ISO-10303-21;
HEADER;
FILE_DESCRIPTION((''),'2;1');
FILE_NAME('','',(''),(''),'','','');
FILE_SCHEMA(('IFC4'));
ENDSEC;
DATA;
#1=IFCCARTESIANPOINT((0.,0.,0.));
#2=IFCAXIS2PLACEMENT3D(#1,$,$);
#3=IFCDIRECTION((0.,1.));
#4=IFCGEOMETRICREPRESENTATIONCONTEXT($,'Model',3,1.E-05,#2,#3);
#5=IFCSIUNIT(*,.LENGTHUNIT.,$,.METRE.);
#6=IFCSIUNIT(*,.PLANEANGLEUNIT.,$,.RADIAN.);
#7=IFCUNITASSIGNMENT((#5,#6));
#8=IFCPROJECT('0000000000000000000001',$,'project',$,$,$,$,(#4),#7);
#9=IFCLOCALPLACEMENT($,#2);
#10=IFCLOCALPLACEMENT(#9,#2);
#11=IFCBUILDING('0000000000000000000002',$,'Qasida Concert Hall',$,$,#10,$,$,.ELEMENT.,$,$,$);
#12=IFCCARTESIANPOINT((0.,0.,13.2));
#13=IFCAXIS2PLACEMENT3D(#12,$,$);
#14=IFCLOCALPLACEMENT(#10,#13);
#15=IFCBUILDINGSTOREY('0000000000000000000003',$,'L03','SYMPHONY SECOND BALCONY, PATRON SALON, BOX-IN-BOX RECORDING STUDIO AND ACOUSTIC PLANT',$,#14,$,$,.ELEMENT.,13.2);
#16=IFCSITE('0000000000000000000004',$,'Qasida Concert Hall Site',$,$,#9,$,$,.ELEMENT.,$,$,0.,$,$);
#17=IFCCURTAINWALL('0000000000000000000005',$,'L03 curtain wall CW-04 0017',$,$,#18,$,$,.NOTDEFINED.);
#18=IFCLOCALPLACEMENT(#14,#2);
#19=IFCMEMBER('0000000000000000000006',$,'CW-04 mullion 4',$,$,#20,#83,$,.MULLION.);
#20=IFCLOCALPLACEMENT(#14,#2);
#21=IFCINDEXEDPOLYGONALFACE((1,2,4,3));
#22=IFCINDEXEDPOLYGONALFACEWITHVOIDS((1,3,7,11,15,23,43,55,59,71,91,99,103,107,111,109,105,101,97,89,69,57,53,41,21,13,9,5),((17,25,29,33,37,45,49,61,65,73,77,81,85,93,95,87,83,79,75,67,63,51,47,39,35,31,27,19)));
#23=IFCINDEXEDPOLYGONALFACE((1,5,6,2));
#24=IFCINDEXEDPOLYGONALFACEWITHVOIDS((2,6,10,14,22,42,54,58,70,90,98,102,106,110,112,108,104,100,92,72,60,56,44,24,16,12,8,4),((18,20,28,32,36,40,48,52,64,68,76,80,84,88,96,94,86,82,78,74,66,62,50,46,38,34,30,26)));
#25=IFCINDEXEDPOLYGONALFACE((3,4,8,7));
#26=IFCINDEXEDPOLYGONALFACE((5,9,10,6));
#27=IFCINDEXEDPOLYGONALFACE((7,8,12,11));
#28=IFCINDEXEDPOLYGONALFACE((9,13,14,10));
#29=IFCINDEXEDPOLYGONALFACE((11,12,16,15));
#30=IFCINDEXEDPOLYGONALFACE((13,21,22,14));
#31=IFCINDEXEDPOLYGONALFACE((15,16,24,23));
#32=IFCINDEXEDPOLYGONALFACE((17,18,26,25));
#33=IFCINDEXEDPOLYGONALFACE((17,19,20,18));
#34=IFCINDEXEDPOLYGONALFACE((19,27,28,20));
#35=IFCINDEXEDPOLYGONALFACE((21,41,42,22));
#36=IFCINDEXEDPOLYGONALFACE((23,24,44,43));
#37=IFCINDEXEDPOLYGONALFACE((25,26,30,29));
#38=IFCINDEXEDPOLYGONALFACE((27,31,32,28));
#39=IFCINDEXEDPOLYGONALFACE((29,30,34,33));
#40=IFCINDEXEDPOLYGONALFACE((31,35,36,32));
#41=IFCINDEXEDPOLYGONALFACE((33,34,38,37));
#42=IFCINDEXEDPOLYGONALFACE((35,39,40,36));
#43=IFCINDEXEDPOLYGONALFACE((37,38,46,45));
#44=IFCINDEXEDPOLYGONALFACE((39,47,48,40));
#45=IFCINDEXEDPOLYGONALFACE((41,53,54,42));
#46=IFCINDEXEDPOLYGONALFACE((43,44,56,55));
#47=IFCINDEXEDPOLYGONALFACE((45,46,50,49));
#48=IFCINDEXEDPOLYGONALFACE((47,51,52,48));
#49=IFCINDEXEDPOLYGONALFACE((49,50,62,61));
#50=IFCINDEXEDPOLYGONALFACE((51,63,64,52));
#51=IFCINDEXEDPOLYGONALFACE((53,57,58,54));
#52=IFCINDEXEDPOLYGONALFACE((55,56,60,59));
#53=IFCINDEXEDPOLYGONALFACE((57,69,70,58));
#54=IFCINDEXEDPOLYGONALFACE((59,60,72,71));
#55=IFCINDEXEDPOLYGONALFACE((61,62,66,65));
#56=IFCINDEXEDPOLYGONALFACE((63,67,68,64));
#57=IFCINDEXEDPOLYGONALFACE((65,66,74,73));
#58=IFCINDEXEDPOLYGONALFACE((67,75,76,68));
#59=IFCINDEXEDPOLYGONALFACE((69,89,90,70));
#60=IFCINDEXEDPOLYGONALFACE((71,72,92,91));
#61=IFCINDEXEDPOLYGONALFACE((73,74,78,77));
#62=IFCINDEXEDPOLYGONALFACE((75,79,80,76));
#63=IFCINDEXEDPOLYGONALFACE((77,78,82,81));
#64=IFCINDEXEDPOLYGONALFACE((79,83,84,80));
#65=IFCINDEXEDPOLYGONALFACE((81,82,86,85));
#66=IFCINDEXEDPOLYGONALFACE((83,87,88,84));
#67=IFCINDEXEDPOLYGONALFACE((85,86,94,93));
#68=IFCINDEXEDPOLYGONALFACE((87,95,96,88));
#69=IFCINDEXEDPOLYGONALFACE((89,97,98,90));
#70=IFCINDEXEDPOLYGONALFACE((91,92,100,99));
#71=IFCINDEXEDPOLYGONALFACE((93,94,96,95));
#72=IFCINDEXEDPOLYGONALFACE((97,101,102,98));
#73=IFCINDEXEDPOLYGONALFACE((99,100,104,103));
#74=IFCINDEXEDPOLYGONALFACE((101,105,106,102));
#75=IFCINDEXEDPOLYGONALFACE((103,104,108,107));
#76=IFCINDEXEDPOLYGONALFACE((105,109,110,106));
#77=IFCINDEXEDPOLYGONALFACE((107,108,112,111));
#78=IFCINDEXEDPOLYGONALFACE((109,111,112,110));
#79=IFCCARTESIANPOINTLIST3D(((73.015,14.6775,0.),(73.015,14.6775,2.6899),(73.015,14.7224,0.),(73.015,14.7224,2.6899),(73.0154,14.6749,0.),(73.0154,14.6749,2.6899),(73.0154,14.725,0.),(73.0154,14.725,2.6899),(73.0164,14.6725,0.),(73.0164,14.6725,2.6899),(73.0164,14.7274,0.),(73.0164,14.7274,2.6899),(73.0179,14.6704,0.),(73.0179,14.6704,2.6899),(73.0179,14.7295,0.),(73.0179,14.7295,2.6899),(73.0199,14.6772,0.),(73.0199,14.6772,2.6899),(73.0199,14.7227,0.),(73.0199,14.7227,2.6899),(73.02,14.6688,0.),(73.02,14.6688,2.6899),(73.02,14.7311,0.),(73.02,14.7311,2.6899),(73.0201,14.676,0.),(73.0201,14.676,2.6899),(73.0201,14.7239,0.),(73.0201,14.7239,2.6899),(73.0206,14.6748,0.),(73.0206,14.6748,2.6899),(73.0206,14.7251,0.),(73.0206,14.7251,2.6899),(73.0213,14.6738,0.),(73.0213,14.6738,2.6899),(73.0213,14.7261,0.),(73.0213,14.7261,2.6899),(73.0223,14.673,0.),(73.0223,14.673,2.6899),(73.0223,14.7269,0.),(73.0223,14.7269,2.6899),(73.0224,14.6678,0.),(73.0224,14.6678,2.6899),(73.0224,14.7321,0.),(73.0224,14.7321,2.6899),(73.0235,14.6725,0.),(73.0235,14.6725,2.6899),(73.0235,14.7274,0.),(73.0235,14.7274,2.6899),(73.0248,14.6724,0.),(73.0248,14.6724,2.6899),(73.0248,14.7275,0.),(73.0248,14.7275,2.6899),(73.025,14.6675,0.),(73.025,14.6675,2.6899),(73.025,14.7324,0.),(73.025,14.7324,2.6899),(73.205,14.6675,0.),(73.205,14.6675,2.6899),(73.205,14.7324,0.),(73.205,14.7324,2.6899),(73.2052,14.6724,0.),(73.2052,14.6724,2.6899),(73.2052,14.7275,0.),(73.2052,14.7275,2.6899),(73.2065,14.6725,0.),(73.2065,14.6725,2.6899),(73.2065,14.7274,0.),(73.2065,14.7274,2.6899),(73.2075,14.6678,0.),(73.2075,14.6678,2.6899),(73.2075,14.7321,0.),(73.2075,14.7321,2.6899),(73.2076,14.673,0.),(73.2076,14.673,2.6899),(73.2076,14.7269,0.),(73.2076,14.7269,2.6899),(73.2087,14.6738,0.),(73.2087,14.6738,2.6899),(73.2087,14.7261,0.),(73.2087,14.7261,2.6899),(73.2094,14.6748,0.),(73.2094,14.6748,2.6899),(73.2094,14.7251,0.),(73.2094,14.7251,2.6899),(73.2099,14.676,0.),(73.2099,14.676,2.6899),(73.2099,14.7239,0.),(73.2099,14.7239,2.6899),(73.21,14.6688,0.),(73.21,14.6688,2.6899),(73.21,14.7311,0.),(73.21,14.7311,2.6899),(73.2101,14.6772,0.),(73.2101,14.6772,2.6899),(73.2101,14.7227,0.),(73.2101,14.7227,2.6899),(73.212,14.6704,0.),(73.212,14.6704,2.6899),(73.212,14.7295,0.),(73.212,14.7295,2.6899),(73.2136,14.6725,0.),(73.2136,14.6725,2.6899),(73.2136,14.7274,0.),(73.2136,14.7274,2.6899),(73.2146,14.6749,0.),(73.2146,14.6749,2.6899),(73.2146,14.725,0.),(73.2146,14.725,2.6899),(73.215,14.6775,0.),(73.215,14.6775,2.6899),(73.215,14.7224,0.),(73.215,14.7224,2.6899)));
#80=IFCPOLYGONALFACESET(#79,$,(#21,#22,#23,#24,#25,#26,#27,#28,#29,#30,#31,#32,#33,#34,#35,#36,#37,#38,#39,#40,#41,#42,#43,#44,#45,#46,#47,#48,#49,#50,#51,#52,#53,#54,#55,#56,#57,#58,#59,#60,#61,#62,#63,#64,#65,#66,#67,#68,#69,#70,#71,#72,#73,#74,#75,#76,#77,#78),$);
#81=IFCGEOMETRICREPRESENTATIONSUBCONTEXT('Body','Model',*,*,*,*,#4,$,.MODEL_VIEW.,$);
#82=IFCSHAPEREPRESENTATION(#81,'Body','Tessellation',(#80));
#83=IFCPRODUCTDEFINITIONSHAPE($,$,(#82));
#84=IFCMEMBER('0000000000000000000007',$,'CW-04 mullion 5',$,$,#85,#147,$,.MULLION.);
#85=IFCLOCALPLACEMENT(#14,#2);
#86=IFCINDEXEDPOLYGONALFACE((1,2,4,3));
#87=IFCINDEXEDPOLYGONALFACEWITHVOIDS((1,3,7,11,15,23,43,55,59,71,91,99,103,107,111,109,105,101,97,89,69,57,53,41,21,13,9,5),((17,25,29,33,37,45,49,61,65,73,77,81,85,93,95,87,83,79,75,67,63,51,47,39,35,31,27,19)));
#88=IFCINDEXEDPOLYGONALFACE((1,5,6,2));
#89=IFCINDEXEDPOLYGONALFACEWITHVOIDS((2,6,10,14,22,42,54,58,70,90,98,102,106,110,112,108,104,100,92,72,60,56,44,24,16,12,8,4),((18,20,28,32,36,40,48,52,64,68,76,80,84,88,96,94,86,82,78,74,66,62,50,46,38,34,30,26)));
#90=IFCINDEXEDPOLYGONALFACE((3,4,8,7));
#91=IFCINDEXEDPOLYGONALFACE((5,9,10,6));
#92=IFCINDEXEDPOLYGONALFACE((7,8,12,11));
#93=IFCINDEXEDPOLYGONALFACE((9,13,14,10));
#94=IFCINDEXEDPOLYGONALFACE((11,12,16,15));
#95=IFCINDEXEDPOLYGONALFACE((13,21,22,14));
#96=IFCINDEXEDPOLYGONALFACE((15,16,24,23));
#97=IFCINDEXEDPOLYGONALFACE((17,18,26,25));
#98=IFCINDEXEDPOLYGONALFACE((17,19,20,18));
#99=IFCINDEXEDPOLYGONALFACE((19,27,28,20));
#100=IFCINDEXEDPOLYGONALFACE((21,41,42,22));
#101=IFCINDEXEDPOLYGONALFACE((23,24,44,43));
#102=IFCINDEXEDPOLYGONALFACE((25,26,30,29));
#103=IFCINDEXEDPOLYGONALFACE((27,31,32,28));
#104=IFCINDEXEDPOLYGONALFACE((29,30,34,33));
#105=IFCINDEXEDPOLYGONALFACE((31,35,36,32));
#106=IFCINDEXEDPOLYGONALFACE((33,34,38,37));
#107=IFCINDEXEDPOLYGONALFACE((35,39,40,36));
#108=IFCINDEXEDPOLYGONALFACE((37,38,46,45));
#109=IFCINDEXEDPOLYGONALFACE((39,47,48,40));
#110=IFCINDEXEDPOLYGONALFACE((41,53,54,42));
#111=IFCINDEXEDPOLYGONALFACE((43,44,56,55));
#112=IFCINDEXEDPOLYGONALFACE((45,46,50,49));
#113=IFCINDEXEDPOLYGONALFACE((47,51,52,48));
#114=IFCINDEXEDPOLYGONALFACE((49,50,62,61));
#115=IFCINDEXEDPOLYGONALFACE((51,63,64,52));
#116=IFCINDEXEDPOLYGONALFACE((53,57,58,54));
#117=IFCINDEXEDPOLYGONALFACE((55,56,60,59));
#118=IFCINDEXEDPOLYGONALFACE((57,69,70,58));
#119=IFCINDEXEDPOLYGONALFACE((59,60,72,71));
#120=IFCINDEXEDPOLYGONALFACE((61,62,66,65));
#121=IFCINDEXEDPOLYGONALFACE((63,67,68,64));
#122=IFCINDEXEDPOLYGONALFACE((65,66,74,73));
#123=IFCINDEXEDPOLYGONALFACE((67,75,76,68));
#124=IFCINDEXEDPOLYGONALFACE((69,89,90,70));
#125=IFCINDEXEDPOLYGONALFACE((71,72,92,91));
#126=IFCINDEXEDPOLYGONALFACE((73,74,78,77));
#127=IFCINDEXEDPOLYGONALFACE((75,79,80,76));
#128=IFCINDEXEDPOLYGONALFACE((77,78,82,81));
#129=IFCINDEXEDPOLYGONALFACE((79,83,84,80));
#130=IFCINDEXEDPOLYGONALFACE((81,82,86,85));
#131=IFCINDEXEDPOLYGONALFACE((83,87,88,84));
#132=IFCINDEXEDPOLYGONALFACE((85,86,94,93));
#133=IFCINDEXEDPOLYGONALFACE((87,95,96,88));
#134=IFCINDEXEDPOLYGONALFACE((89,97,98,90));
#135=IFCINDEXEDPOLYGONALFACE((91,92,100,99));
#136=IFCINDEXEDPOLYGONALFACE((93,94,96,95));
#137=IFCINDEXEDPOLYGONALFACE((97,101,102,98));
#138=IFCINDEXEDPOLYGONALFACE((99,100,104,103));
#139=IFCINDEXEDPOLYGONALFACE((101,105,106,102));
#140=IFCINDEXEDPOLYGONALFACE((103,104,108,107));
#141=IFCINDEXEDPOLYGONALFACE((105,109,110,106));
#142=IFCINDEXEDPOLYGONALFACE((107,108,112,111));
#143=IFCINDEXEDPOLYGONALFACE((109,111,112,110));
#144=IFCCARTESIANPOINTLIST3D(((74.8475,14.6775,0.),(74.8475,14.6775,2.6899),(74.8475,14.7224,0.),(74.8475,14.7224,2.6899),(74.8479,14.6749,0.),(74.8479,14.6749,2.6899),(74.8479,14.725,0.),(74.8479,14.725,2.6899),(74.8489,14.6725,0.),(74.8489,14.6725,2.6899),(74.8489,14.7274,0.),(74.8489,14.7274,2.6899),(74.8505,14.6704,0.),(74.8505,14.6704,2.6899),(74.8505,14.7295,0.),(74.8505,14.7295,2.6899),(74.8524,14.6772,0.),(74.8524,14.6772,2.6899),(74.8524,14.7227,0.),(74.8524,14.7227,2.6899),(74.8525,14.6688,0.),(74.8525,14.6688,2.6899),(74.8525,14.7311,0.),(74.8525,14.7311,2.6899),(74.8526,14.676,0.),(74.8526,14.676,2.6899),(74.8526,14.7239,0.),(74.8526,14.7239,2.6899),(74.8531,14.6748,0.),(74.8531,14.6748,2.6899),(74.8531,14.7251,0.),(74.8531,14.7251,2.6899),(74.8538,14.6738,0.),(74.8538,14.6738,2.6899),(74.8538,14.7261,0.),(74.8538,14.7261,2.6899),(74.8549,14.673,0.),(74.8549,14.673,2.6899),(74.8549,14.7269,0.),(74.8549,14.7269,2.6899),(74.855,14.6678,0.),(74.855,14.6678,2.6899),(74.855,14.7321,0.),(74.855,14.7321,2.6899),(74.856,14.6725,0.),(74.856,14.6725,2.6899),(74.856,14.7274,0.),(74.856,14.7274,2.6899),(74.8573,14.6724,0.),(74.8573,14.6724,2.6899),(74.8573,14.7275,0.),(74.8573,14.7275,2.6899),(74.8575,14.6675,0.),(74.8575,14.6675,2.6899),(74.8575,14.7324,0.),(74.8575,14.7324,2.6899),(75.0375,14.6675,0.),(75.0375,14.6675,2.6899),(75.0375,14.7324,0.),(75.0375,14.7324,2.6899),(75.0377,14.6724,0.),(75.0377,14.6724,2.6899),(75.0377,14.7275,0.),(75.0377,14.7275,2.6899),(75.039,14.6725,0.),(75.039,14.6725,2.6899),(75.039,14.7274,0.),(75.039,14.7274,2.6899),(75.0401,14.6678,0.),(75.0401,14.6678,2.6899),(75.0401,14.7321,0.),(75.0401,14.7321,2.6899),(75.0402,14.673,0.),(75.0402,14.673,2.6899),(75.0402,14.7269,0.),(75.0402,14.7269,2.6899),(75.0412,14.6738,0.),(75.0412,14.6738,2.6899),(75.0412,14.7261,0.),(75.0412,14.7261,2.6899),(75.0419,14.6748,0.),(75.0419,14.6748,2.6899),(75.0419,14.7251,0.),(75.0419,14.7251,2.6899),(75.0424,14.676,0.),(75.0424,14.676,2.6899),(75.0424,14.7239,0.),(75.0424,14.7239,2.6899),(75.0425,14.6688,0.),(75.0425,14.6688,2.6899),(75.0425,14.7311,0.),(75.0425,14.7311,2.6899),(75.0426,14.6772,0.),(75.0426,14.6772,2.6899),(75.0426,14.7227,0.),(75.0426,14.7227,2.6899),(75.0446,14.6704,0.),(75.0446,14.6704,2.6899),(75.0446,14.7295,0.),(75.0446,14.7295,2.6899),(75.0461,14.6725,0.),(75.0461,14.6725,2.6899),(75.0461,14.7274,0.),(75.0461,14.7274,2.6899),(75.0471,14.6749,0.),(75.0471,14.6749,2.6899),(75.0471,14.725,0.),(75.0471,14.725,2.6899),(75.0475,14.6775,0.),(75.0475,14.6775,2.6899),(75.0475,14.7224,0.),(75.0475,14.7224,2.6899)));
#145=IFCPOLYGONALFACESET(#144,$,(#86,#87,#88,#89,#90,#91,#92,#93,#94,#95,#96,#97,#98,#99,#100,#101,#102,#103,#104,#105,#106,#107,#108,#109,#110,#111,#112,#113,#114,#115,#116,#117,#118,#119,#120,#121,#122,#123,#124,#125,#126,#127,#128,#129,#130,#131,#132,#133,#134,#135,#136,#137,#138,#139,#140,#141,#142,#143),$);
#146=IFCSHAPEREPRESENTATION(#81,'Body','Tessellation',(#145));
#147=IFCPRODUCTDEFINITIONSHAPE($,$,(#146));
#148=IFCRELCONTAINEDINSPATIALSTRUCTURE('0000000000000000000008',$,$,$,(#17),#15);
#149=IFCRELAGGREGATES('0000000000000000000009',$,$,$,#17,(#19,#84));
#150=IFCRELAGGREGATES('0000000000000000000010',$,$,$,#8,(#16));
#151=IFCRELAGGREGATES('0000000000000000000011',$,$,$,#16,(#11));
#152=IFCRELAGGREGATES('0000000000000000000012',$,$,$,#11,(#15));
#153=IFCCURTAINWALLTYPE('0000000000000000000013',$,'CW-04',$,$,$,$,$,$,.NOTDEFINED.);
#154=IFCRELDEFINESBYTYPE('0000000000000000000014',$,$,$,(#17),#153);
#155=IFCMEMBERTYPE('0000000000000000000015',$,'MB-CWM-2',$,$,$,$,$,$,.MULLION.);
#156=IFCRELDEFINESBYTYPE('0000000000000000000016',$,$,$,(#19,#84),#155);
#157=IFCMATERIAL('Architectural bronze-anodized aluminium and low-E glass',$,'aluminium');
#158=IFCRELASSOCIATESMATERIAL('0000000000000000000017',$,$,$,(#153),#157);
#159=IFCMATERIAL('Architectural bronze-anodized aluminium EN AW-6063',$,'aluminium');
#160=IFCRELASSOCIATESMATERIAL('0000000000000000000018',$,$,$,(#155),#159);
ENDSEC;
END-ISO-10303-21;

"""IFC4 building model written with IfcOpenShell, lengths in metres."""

from ifc_helpers import new_model, si_unit, direction, frame, origin, origin_2d, place, context, subcontext, project, spatial, hollow_rectangle, extrude, material, material_profile, profile_set, type_object, element, aggregate, save


model = new_model("IFC4")

# Units and contexts
model_context = context("Model", 3, precision=1e-05, world=origin(), true_north=direction((0.0, 1.0)))
body_context = subcontext(model_context, "Body", "Model", "MODEL_VIEW")
ifc_project = project(units=[si_unit("LENGTHUNIT", "METRE"), si_unit("PLANEANGLEUNIT", "RADIAN")], contexts=[model_context])

# Site, building, storey
site_placement = place(None, origin())
site = spatial("IfcSite", under=ifc_project, at=site_placement, Name="Qasida Concert Hall Site", CompositionType="ELEMENT", RefElevation=0.0)
building_placement = place(site_placement, origin())
building = spatial("IfcBuilding", under=site, at=building_placement, Name="Qasida Concert Hall", CompositionType="ELEMENT")
storey_placement = place(building_placement, frame((0.0, 0.0, 13.2)))
storey = spatial("IfcBuildingStorey", under=building, at=storey_placement, Name="L03", Description="SYMPHONY SECOND BALCONY, PATRON SALON, BOX-IN-BOX RECORDING STUDIO AND ACOUSTIC PLANT", CompositionType="ELEMENT", Elevation=13.2)

# Curtain wall, members
ifc_material_1 = material(Name="Architectural bronze-anodized aluminium and low-E glass", Category="aluminium")
curtain_wall_type = type_object("IfcCurtainWallType", Name="CW-04", PredefinedType="NOTDEFINED", material=ifc_material_1)
curtain_wall_1_placement = place(storey_placement, origin())
curtain_wall_1 = element("IfcCurtainWall", 1, at=curtain_wall_1_placement, inside=storey, type_object=curtain_wall_type, Name="L03 curtain wall CW-04 0017", PredefinedType="NOTDEFINED")
ifc_material_2 = material(Name="Architectural bronze-anodized aluminium EN AW-6063", Category="aluminium")
ifc_material_profile_1 = material_profile(ifc_material_2, hollow_rectangle(XDim=0.0649, YDim=0.2, WallThickness=0.0049, InnerFilletRadius=0.0049, OuterFilletRadius=0.01, at=origin_2d()), Name="CWM 200x65x5")
ifc_profile_set_1 = profile_set([ifc_material_profile_1], Name="Architectural bronze-anodized aluminium EN AW-6063")
member_type_1 = type_object("IfcMemberType", Name="MB-CWM-2", PredefinedType="MULLION", material=ifc_profile_set_1)
member_1_placement = place(storey_placement, frame((73.115, 14.7, 0.0), z_axis=(0.0, 0.0, 1.0), x_axis=(0.0, 1.0, 0.0)))
member_1 = element("IfcMember", 2, at=member_1_placement, type_object=member_type_1, Name="CW-04 mullion 4", PredefinedType="MULLION", context=body_context, shape_type="SweptSolid", body=[
    extrude(hollow_rectangle(XDim=0.0649, YDim=0.2, WallThickness=0.0049, InnerFilletRadius=0.0049, OuterFilletRadius=0.01, at=origin_2d()), origin(), (0.0, 0.0, 1.0), 2.6899),
])
member_2_placement = place(storey_placement, frame((74.9475, 14.7, 0.0), z_axis=(0.0, 0.0, 1.0), x_axis=(0.0, 1.0, 0.0)))
member_2 = element("IfcMember", 3, at=member_2_placement, type_object=member_type_1, Name="CW-04 mullion 5", PredefinedType="MULLION", context=body_context, shape_type="SweptSolid", body=[
    extrude(hollow_rectangle(XDim=0.0649, YDim=0.2, WallThickness=0.0049, InnerFilletRadius=0.0049, OuterFilletRadius=0.01, at=origin_2d()), origin(), (0.0, 0.0, 1.0), 2.6899),
])

aggregate(curtain_wall_1, [member_1, member_2])

save(model, "model.ifc")
